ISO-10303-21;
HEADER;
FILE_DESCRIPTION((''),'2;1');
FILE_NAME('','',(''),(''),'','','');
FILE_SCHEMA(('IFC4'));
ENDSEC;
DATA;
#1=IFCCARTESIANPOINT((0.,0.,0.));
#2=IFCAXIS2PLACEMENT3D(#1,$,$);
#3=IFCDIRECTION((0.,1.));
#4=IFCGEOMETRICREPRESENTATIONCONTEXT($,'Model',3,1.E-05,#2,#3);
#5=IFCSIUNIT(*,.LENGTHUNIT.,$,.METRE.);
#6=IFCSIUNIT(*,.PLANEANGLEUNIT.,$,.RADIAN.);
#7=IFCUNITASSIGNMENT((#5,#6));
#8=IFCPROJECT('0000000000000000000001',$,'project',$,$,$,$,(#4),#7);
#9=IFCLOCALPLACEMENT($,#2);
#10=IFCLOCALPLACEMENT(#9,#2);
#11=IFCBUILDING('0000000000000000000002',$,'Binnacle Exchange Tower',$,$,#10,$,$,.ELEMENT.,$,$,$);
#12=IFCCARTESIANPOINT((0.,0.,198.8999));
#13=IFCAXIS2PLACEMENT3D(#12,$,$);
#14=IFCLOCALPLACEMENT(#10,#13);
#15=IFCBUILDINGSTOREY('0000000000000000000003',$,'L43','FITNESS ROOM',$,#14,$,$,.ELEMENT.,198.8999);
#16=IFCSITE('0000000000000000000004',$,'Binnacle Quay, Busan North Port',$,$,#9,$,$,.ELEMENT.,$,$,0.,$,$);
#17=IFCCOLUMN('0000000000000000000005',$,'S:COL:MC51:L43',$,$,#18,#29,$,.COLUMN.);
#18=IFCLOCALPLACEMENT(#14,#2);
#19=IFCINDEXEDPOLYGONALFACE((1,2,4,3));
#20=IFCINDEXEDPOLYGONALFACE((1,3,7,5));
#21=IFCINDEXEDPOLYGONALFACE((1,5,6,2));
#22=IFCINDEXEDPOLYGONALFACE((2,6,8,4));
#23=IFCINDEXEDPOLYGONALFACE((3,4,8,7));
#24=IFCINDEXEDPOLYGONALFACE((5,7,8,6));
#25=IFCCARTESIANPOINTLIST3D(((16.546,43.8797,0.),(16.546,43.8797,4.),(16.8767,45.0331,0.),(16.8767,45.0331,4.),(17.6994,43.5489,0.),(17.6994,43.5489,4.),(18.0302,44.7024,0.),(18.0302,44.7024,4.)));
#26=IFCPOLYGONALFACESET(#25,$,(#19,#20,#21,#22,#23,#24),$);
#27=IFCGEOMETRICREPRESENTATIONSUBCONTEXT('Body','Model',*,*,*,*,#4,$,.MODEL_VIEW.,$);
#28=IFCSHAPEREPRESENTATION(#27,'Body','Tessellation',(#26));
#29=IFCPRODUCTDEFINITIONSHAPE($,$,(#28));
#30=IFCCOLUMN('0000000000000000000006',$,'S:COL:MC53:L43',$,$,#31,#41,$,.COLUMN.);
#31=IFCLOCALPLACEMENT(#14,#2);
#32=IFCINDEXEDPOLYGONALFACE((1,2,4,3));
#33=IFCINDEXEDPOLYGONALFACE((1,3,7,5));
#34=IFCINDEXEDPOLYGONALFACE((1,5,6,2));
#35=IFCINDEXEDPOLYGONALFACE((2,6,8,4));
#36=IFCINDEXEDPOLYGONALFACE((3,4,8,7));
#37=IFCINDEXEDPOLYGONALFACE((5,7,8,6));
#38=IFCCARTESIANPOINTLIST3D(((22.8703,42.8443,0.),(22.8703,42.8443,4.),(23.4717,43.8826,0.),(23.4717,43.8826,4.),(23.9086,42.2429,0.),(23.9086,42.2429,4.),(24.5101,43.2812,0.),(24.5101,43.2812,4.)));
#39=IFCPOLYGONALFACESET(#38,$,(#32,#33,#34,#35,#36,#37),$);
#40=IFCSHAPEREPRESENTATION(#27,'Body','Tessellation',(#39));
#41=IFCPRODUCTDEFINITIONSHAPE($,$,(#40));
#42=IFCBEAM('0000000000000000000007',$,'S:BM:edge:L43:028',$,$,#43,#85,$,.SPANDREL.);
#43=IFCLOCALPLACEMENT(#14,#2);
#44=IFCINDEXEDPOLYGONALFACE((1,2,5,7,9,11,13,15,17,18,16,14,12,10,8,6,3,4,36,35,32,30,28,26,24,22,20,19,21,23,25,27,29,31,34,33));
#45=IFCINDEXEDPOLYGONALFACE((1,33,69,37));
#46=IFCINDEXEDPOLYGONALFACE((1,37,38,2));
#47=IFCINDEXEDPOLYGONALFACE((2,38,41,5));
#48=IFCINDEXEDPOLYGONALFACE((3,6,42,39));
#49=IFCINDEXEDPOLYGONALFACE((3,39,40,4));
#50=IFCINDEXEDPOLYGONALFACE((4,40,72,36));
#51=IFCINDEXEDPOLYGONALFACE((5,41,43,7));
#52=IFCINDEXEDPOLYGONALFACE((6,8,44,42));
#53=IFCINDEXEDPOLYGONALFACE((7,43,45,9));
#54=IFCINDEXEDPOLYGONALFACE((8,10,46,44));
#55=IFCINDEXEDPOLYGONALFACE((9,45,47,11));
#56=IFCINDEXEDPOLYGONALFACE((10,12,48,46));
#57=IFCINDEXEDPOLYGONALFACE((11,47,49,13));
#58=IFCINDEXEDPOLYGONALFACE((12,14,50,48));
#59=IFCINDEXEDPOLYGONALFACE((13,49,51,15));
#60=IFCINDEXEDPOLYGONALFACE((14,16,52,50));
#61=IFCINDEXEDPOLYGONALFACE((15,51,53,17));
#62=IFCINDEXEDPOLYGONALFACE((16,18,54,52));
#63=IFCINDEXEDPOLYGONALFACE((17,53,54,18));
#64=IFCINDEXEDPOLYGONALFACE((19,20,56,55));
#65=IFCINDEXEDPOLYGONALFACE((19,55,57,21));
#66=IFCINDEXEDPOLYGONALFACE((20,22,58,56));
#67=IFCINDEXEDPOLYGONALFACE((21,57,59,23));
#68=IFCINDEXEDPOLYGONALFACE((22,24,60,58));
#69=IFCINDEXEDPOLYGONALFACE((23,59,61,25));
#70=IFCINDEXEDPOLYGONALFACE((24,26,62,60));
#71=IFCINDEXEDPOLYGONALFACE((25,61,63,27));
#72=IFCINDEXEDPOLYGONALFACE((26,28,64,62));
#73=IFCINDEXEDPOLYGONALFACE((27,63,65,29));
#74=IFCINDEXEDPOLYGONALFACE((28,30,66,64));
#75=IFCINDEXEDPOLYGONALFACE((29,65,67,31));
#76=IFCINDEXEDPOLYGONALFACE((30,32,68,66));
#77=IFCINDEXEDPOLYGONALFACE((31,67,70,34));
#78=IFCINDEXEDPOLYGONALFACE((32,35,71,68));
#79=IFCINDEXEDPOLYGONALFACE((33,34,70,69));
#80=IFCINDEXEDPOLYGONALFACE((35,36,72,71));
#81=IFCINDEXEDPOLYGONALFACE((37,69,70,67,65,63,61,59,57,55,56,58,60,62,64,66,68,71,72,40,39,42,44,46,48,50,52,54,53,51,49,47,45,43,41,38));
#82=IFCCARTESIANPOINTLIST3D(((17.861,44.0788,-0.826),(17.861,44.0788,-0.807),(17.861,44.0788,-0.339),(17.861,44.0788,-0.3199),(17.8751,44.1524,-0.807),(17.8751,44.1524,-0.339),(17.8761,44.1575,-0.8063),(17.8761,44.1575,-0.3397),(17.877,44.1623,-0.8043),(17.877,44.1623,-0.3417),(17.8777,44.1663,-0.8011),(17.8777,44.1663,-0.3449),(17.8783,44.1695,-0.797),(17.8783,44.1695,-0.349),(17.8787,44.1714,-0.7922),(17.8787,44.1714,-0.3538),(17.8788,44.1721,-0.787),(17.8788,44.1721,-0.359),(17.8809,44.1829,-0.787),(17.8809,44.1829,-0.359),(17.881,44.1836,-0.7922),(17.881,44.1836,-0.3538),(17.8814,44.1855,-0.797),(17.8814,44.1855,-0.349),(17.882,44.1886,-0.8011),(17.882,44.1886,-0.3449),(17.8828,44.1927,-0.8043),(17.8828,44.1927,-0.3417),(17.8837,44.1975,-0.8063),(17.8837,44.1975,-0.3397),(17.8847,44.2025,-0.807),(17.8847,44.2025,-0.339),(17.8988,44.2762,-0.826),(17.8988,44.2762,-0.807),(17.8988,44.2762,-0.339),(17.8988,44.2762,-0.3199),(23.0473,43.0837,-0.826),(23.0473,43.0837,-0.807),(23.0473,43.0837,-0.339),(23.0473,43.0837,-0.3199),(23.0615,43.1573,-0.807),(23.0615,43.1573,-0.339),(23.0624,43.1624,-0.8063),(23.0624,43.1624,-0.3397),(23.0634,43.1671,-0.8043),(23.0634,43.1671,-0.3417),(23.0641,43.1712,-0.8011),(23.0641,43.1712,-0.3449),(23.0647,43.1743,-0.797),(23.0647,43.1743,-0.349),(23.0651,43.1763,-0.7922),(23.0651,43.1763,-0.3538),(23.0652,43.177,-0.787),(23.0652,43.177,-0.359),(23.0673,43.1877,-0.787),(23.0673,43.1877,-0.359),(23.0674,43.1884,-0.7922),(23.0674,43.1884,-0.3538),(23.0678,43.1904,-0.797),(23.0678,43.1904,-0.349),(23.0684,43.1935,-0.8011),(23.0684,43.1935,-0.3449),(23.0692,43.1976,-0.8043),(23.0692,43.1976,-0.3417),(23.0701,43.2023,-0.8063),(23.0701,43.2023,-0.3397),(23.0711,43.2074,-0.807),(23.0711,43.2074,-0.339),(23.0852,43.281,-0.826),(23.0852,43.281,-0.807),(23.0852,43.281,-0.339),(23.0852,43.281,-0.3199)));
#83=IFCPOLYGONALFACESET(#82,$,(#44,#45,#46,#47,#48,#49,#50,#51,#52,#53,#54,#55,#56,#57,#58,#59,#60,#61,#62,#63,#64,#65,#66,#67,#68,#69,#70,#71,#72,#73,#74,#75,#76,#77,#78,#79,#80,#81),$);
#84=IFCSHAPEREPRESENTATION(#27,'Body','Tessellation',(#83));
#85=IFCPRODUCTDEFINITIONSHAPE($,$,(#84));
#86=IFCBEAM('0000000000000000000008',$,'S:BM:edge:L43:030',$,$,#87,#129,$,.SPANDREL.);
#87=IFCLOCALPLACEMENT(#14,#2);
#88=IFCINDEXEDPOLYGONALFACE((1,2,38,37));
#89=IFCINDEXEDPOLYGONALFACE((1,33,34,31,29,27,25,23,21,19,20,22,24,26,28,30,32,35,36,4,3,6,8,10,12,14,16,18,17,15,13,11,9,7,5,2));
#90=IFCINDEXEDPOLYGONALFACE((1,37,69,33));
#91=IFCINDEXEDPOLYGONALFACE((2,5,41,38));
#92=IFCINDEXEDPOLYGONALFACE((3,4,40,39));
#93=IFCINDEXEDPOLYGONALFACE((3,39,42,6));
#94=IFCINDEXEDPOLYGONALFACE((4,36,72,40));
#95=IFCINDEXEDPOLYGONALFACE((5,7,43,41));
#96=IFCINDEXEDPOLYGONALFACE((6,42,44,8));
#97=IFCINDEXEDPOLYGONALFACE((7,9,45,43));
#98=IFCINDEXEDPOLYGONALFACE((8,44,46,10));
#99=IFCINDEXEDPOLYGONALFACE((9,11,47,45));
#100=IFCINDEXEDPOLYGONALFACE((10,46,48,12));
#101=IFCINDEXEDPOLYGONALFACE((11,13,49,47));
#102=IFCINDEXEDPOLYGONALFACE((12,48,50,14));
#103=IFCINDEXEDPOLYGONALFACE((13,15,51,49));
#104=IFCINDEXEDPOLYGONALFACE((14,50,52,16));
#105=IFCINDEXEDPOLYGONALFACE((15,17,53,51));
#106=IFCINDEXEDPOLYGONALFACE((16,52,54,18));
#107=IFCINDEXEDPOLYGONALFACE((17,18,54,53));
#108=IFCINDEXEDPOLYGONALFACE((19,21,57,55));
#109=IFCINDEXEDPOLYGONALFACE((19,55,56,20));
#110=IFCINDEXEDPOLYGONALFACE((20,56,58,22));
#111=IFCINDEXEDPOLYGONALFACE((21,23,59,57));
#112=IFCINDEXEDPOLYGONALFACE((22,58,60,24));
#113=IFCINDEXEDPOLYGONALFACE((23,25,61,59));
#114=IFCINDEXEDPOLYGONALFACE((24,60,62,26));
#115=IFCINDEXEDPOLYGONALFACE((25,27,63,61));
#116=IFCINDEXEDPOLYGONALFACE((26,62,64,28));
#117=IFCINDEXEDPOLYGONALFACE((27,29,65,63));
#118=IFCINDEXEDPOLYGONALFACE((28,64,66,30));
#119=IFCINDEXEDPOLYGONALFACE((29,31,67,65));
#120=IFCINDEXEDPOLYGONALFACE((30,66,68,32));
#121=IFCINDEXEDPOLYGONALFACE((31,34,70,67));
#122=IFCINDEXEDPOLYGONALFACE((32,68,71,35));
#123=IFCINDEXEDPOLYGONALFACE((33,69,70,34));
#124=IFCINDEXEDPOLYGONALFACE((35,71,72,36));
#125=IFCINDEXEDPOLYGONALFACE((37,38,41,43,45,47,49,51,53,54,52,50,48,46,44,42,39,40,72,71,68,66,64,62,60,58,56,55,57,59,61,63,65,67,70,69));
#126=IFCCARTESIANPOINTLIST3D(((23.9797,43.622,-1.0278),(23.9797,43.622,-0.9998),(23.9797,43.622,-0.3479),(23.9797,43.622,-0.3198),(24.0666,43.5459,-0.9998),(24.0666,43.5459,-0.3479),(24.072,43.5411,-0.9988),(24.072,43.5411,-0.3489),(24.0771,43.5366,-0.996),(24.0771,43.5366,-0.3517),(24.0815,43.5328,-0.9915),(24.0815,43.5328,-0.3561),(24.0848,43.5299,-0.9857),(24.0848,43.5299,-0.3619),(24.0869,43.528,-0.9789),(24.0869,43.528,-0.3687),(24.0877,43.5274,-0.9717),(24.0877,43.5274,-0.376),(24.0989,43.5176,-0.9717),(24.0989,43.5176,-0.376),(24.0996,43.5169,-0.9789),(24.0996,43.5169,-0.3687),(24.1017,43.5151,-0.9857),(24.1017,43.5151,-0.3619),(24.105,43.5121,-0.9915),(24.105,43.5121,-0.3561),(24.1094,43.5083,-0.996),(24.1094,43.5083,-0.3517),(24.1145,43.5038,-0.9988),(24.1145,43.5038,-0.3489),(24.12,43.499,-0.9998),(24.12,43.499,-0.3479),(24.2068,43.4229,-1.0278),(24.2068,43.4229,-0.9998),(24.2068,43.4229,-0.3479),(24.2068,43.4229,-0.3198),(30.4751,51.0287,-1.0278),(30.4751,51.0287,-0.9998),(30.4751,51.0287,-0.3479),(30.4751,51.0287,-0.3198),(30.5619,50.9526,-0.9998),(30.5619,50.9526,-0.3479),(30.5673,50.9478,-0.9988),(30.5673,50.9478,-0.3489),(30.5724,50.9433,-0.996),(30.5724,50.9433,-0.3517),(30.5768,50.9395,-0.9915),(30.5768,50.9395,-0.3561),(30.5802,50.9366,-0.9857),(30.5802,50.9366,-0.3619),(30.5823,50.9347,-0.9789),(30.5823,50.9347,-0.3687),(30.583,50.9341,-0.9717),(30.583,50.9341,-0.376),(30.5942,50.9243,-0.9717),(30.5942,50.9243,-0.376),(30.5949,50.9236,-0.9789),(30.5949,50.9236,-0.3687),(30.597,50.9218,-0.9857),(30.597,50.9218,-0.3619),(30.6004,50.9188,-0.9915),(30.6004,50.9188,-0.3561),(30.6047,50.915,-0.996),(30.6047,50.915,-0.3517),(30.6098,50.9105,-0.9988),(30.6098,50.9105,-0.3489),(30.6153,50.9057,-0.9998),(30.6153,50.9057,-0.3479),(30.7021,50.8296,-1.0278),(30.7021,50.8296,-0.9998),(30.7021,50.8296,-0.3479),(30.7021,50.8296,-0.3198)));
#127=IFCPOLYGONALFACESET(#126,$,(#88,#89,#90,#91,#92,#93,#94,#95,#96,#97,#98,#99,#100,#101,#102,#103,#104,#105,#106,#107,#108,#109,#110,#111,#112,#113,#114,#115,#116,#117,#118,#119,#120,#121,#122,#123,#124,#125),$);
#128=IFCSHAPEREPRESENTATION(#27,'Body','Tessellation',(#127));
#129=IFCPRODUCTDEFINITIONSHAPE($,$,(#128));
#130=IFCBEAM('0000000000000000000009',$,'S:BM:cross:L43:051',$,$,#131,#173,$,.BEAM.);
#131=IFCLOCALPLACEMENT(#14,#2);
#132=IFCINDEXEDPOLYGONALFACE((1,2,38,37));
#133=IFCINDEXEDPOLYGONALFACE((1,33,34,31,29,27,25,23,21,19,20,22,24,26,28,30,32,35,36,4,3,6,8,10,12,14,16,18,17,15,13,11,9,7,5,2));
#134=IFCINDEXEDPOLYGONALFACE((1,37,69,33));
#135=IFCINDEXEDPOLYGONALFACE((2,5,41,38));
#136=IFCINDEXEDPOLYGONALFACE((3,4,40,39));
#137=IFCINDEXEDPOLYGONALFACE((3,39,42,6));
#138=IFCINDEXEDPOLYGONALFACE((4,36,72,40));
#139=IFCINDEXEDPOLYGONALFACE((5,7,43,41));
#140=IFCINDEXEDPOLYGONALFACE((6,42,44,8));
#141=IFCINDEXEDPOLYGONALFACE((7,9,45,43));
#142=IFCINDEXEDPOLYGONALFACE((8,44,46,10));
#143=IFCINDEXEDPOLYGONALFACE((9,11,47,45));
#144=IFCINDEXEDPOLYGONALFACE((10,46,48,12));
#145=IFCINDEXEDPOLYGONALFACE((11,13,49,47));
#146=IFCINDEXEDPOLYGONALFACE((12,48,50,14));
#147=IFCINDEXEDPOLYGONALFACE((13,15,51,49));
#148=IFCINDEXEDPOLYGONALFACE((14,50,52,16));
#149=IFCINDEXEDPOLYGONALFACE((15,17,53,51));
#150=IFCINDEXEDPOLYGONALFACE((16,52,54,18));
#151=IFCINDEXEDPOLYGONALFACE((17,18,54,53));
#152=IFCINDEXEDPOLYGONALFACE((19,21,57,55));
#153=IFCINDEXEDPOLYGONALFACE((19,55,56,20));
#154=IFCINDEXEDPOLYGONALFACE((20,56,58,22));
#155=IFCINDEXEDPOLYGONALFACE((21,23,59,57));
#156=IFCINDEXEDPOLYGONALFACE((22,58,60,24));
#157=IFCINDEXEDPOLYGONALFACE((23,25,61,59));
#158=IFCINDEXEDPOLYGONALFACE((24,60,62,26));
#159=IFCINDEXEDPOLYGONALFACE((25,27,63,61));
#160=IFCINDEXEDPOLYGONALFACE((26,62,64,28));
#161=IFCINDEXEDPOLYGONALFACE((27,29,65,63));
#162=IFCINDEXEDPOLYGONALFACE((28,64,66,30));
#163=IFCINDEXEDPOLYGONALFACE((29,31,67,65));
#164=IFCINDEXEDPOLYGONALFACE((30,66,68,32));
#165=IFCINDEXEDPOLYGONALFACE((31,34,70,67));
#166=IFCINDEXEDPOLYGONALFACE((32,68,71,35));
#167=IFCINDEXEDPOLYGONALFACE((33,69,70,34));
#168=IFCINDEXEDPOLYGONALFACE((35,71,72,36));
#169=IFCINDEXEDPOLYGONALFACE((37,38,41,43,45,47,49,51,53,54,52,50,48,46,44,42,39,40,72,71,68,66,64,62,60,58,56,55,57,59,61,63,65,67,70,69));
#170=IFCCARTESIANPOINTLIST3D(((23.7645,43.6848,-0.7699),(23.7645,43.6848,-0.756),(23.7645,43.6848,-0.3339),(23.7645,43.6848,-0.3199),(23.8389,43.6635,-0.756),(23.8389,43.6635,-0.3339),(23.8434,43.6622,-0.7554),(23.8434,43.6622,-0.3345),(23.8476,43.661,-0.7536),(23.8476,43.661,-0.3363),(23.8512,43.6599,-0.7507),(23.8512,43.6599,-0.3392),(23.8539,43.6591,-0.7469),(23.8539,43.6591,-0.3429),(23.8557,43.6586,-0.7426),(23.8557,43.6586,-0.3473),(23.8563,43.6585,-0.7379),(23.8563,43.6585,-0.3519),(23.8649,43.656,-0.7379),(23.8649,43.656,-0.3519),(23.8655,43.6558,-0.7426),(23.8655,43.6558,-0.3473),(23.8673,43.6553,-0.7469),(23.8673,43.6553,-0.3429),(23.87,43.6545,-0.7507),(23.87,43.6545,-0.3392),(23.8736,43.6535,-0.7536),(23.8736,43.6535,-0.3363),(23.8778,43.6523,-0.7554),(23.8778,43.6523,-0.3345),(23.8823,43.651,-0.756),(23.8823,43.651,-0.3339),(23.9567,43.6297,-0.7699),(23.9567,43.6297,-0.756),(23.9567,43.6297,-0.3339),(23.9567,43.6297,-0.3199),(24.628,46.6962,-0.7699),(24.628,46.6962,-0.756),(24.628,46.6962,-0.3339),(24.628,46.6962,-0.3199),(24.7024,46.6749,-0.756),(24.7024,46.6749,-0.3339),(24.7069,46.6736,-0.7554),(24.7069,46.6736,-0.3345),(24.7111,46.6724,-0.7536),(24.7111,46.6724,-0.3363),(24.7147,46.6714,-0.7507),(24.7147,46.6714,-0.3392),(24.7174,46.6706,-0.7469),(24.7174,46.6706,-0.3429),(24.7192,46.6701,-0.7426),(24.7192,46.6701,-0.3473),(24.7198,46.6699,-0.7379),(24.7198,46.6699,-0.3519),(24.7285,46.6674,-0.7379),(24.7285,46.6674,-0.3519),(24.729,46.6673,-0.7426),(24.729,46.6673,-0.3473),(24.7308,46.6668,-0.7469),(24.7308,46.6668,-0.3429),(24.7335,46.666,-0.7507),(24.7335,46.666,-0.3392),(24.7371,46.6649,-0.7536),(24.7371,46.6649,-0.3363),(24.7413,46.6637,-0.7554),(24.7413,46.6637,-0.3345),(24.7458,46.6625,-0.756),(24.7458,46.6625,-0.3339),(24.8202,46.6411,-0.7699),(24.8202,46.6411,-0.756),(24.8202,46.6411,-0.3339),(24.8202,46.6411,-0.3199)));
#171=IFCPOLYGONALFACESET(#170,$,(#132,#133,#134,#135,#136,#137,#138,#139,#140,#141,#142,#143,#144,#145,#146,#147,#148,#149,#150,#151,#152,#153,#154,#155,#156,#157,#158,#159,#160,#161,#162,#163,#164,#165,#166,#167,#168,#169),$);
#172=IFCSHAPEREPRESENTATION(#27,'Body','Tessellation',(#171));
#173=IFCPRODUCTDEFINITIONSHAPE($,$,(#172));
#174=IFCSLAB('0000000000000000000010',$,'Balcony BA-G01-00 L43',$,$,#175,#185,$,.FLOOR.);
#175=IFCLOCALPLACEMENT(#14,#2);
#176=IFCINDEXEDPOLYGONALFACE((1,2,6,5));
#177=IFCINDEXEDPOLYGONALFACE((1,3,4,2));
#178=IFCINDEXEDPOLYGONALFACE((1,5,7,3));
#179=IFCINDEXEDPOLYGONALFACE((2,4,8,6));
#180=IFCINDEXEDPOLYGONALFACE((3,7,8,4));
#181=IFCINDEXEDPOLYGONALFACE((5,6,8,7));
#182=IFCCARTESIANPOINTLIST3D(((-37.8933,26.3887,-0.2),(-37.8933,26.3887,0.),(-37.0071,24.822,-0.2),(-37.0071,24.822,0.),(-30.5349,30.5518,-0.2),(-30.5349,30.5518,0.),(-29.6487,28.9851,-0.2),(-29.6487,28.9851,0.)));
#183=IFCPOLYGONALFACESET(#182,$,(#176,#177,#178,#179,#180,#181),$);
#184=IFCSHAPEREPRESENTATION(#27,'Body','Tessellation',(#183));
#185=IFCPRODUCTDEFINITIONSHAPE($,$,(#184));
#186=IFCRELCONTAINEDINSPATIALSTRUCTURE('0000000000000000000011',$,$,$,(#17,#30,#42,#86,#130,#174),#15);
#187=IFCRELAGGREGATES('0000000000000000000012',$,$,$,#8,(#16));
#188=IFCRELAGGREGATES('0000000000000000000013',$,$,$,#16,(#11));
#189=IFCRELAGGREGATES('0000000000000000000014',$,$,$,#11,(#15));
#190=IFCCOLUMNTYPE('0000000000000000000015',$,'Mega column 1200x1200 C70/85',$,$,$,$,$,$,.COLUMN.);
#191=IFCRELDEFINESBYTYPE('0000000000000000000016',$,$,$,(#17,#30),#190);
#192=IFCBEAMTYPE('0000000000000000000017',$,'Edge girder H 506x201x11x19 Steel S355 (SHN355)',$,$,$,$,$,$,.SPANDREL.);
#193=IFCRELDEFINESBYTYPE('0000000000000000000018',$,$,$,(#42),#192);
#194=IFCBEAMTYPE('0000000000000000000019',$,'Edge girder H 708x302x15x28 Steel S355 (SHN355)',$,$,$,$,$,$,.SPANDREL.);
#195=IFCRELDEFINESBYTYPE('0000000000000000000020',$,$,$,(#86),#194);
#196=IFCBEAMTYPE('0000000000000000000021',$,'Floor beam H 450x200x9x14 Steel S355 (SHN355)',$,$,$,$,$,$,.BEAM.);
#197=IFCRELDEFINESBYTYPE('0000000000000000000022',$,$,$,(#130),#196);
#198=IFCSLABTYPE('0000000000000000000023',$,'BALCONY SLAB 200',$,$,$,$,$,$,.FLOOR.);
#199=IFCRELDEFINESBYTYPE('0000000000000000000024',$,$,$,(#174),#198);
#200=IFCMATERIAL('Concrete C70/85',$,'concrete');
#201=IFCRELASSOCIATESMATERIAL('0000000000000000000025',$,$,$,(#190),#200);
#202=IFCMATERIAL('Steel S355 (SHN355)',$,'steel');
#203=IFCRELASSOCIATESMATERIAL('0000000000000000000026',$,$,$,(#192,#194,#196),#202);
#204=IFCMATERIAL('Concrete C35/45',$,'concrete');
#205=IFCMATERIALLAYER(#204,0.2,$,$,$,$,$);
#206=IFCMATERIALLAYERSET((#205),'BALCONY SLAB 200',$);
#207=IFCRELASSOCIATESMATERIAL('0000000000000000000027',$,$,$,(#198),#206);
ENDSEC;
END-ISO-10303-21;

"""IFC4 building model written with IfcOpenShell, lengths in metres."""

from ifc_helpers import new_model, si_unit, direction, frame, origin, origin_2d, place, context, subcontext, project, spatial, polyline, rectangle, i_section, outline, extrude, material, layer, layer_set, material_profile, profile_set, type_object, element, save


model = new_model("IFC4")

# Units and contexts
model_context = context("Model", 3, precision=1e-05, world=origin(), true_north=direction((0.0, 1.0)))
body_context = subcontext(model_context, "Body", "Model", "MODEL_VIEW")
ifc_project = project(units=[si_unit("LENGTHUNIT", "METRE"), si_unit("PLANEANGLEUNIT", "RADIAN")], contexts=[model_context])

# Site, building, storey
site_placement = place(None, origin())
site = spatial("IfcSite", under=ifc_project, at=site_placement, Name="Binnacle Quay, Busan North Port", CompositionType="ELEMENT", RefElevation=0.0)
building_placement = place(site_placement, origin())
building = spatial("IfcBuilding", under=site, at=building_placement, Name="Binnacle Exchange Tower", CompositionType="ELEMENT")
storey_placement = place(building_placement, frame((0.0, 0.0, 198.8999)))
storey = spatial("IfcBuildingStorey", under=building, at=storey_placement, Name="L43", Description="FITNESS ROOM", CompositionType="ELEMENT", Elevation=198.8999)

# Columns
ifc_material_1 = material(Name="Concrete C70/85", Category="concrete")
ifc_material_profile_1 = material_profile(ifc_material_1, rectangle(XDim=1.2, YDim=1.2, at=origin_2d()), Name="Mega column 1200x1200 C70/85")
ifc_profile_set_1 = profile_set([ifc_material_profile_1], Name="Concrete C70/85")
column_type = type_object("IfcColumnType", Name="Mega column 1200x1200 C70/85", PredefinedType="COLUMN", material=ifc_profile_set_1)
for number, where, z_axis, x_axis, name in (
    (1, (17.2881, 44.291, 0.0), (0.0, 0.0, 1.0), (0.961262, -0.275637, 0.0), "S:COL:MC51:L43"),
    (2, (23.6902, 43.0627, 0.0), (0.0, 0.0, 1.0), (-0.865326, 0.501209, 0.0), "S:COL:MC53:L43"),
):
    element("IfcColumn", number, at=place(storey_placement, frame(where, z_axis=z_axis, x_axis=x_axis)), inside=storey, type_object=column_type, Name=name, PredefinedType="COLUMN", context=body_context, shape_type="SweptSolid", body=[
        extrude(rectangle(XDim=1.2, YDim=1.2, at=origin_2d()), origin(), (0.0, 0.0, 1.0), 4.0),
    ])

# Beams
ifc_material_2 = material(Name="Steel S355 (SHN355)", Category="steel")
ifc_material_profile_2 = material_profile(ifc_material_2, i_section(OverallWidth=0.2009, OverallDepth=0.5061, WebThickness=0.011, FlangeThickness=0.019, FilletRadius=0.02, at=origin_2d()), Name="H 506x201x11x19")
ifc_profile_set_2 = profile_set([ifc_material_profile_2], Name="Steel S355 (SHN355)")
beam_type_1 = type_object("IfcBeamType", Name="Edge girder H 506x201x11x19 Steel S355 (SHN355)", PredefinedType="SPANDREL", material=ifc_profile_set_2)
beam_1_placement = place(storey_placement, frame((17.8799, 44.1775, -0.573), z_axis=(0.982085, -0.188438, 0.0), x_axis=(0.188438, 0.982085, 0.0)))
element("IfcBeam", 3, at=beam_1_placement, inside=storey, type_object=beam_type_1, Name="S:BM:edge:L43:028", PredefinedType="SPANDREL", context=body_context, shape_type="SweptSolid", body=[
    extrude(i_section(OverallWidth=0.2009, OverallDepth=0.5061, WebThickness=0.011, FlangeThickness=0.019, FilletRadius=0.02, at=origin_2d()), origin(), (0.0, 0.0, 1.0), 5.281),
])
ifc_material_profile_3 = material_profile(ifc_material_2, i_section(OverallWidth=0.302, OverallDepth=0.708, WebThickness=0.0149, FlangeThickness=0.0281, FilletRadius=0.0281, at=origin_2d()), Name="H 708x302x15x28")
ifc_profile_set_3 = profile_set([ifc_material_profile_3], Name="Steel S355 (SHN355)")
beam_type_2 = type_object("IfcBeamType", Name="Edge girder H 708x302x15x28 Steel S355 (SHN355)", PredefinedType="SPANDREL", material=ifc_profile_set_3)
beam_2_placement = place(storey_placement, frame((24.0933, 43.5225, -0.6738), z_axis=(0.659336, 0.751849, 0.0), x_axis=(-0.751849, 0.659336, 0.0)))
element("IfcBeam", 4, at=beam_2_placement, inside=storey, type_object=beam_type_2, Name="S:BM:edge:L43:030", PredefinedType="SPANDREL", context=body_context, shape_type="SweptSolid", body=[
    extrude(i_section(OverallWidth=0.302, OverallDepth=0.708, WebThickness=0.0149, FlangeThickness=0.0281, FilletRadius=0.0281, at=origin_2d()), origin(), (0.0, 0.0, 1.0), 9.8513),
])
ifc_material_profile_4 = material_profile(ifc_material_2, i_section(OverallWidth=0.2, OverallDepth=0.45, WebThickness=0.009, FlangeThickness=0.0139, FilletRadius=0.0181, at=origin_2d()), Name="H 450x200x9x14")
ifc_profile_set_4 = profile_set([ifc_material_profile_4], Name="Steel S355 (SHN355)")
beam_type_3 = type_object("IfcBeamType", Name="Floor beam H 450x200x9x14 Steel S355 (SHN355)", PredefinedType="BEAM", material=ifc_profile_set_4)
beam_3_placement = place(storey_placement, frame((23.8606, 43.6572, -0.5449), z_axis=(0.275637, 0.961262, 0.0), x_axis=(-0.961262, 0.275637, 0.0)))
element("IfcBeam", 5, at=beam_3_placement, inside=storey, type_object=beam_type_3, Name="S:BM:cross:L43:051", PredefinedType="BEAM", context=body_context, shape_type="SweptSolid", body=[
    extrude(i_section(OverallWidth=0.2, OverallDepth=0.45, WebThickness=0.009, FlangeThickness=0.0139, FilletRadius=0.0181, at=origin_2d()), origin(), (0.0, 0.0, 1.0), 3.1328),
])

# Slab
ifc_material_3 = material(Name="Concrete C35/45", Category="concrete")
ifc_layer_1 = layer(ifc_material_3, 0.2)
ifc_layer_set_1 = layer_set([ifc_layer_1], Name="BALCONY SLAB 200")
slab_type_1 = type_object("IfcSlabType", Name="BALCONY SLAB 200", PredefinedType="FLOOR", material=ifc_layer_set_1)
slab_1_placement = place(storey_placement, frame((0.0, 0.0, -0.2)))
element("IfcSlab", 6, at=slab_1_placement, inside=storey, type_object=slab_type_1, Name="Balcony BA-G01-00 L43", PredefinedType="FLOOR", context=body_context, shape_type="SweptSolid", body=[
    extrude(outline(polyline([(-37.8933, 26.3887), (-30.5349, 30.5518), (-29.6487, 28.9851), (-37.0071, 24.822), (-37.8933, 26.3887)])), origin(), (0.0, 0.0, 1.0), 0.2),
])

save(model, "model.ifc")
